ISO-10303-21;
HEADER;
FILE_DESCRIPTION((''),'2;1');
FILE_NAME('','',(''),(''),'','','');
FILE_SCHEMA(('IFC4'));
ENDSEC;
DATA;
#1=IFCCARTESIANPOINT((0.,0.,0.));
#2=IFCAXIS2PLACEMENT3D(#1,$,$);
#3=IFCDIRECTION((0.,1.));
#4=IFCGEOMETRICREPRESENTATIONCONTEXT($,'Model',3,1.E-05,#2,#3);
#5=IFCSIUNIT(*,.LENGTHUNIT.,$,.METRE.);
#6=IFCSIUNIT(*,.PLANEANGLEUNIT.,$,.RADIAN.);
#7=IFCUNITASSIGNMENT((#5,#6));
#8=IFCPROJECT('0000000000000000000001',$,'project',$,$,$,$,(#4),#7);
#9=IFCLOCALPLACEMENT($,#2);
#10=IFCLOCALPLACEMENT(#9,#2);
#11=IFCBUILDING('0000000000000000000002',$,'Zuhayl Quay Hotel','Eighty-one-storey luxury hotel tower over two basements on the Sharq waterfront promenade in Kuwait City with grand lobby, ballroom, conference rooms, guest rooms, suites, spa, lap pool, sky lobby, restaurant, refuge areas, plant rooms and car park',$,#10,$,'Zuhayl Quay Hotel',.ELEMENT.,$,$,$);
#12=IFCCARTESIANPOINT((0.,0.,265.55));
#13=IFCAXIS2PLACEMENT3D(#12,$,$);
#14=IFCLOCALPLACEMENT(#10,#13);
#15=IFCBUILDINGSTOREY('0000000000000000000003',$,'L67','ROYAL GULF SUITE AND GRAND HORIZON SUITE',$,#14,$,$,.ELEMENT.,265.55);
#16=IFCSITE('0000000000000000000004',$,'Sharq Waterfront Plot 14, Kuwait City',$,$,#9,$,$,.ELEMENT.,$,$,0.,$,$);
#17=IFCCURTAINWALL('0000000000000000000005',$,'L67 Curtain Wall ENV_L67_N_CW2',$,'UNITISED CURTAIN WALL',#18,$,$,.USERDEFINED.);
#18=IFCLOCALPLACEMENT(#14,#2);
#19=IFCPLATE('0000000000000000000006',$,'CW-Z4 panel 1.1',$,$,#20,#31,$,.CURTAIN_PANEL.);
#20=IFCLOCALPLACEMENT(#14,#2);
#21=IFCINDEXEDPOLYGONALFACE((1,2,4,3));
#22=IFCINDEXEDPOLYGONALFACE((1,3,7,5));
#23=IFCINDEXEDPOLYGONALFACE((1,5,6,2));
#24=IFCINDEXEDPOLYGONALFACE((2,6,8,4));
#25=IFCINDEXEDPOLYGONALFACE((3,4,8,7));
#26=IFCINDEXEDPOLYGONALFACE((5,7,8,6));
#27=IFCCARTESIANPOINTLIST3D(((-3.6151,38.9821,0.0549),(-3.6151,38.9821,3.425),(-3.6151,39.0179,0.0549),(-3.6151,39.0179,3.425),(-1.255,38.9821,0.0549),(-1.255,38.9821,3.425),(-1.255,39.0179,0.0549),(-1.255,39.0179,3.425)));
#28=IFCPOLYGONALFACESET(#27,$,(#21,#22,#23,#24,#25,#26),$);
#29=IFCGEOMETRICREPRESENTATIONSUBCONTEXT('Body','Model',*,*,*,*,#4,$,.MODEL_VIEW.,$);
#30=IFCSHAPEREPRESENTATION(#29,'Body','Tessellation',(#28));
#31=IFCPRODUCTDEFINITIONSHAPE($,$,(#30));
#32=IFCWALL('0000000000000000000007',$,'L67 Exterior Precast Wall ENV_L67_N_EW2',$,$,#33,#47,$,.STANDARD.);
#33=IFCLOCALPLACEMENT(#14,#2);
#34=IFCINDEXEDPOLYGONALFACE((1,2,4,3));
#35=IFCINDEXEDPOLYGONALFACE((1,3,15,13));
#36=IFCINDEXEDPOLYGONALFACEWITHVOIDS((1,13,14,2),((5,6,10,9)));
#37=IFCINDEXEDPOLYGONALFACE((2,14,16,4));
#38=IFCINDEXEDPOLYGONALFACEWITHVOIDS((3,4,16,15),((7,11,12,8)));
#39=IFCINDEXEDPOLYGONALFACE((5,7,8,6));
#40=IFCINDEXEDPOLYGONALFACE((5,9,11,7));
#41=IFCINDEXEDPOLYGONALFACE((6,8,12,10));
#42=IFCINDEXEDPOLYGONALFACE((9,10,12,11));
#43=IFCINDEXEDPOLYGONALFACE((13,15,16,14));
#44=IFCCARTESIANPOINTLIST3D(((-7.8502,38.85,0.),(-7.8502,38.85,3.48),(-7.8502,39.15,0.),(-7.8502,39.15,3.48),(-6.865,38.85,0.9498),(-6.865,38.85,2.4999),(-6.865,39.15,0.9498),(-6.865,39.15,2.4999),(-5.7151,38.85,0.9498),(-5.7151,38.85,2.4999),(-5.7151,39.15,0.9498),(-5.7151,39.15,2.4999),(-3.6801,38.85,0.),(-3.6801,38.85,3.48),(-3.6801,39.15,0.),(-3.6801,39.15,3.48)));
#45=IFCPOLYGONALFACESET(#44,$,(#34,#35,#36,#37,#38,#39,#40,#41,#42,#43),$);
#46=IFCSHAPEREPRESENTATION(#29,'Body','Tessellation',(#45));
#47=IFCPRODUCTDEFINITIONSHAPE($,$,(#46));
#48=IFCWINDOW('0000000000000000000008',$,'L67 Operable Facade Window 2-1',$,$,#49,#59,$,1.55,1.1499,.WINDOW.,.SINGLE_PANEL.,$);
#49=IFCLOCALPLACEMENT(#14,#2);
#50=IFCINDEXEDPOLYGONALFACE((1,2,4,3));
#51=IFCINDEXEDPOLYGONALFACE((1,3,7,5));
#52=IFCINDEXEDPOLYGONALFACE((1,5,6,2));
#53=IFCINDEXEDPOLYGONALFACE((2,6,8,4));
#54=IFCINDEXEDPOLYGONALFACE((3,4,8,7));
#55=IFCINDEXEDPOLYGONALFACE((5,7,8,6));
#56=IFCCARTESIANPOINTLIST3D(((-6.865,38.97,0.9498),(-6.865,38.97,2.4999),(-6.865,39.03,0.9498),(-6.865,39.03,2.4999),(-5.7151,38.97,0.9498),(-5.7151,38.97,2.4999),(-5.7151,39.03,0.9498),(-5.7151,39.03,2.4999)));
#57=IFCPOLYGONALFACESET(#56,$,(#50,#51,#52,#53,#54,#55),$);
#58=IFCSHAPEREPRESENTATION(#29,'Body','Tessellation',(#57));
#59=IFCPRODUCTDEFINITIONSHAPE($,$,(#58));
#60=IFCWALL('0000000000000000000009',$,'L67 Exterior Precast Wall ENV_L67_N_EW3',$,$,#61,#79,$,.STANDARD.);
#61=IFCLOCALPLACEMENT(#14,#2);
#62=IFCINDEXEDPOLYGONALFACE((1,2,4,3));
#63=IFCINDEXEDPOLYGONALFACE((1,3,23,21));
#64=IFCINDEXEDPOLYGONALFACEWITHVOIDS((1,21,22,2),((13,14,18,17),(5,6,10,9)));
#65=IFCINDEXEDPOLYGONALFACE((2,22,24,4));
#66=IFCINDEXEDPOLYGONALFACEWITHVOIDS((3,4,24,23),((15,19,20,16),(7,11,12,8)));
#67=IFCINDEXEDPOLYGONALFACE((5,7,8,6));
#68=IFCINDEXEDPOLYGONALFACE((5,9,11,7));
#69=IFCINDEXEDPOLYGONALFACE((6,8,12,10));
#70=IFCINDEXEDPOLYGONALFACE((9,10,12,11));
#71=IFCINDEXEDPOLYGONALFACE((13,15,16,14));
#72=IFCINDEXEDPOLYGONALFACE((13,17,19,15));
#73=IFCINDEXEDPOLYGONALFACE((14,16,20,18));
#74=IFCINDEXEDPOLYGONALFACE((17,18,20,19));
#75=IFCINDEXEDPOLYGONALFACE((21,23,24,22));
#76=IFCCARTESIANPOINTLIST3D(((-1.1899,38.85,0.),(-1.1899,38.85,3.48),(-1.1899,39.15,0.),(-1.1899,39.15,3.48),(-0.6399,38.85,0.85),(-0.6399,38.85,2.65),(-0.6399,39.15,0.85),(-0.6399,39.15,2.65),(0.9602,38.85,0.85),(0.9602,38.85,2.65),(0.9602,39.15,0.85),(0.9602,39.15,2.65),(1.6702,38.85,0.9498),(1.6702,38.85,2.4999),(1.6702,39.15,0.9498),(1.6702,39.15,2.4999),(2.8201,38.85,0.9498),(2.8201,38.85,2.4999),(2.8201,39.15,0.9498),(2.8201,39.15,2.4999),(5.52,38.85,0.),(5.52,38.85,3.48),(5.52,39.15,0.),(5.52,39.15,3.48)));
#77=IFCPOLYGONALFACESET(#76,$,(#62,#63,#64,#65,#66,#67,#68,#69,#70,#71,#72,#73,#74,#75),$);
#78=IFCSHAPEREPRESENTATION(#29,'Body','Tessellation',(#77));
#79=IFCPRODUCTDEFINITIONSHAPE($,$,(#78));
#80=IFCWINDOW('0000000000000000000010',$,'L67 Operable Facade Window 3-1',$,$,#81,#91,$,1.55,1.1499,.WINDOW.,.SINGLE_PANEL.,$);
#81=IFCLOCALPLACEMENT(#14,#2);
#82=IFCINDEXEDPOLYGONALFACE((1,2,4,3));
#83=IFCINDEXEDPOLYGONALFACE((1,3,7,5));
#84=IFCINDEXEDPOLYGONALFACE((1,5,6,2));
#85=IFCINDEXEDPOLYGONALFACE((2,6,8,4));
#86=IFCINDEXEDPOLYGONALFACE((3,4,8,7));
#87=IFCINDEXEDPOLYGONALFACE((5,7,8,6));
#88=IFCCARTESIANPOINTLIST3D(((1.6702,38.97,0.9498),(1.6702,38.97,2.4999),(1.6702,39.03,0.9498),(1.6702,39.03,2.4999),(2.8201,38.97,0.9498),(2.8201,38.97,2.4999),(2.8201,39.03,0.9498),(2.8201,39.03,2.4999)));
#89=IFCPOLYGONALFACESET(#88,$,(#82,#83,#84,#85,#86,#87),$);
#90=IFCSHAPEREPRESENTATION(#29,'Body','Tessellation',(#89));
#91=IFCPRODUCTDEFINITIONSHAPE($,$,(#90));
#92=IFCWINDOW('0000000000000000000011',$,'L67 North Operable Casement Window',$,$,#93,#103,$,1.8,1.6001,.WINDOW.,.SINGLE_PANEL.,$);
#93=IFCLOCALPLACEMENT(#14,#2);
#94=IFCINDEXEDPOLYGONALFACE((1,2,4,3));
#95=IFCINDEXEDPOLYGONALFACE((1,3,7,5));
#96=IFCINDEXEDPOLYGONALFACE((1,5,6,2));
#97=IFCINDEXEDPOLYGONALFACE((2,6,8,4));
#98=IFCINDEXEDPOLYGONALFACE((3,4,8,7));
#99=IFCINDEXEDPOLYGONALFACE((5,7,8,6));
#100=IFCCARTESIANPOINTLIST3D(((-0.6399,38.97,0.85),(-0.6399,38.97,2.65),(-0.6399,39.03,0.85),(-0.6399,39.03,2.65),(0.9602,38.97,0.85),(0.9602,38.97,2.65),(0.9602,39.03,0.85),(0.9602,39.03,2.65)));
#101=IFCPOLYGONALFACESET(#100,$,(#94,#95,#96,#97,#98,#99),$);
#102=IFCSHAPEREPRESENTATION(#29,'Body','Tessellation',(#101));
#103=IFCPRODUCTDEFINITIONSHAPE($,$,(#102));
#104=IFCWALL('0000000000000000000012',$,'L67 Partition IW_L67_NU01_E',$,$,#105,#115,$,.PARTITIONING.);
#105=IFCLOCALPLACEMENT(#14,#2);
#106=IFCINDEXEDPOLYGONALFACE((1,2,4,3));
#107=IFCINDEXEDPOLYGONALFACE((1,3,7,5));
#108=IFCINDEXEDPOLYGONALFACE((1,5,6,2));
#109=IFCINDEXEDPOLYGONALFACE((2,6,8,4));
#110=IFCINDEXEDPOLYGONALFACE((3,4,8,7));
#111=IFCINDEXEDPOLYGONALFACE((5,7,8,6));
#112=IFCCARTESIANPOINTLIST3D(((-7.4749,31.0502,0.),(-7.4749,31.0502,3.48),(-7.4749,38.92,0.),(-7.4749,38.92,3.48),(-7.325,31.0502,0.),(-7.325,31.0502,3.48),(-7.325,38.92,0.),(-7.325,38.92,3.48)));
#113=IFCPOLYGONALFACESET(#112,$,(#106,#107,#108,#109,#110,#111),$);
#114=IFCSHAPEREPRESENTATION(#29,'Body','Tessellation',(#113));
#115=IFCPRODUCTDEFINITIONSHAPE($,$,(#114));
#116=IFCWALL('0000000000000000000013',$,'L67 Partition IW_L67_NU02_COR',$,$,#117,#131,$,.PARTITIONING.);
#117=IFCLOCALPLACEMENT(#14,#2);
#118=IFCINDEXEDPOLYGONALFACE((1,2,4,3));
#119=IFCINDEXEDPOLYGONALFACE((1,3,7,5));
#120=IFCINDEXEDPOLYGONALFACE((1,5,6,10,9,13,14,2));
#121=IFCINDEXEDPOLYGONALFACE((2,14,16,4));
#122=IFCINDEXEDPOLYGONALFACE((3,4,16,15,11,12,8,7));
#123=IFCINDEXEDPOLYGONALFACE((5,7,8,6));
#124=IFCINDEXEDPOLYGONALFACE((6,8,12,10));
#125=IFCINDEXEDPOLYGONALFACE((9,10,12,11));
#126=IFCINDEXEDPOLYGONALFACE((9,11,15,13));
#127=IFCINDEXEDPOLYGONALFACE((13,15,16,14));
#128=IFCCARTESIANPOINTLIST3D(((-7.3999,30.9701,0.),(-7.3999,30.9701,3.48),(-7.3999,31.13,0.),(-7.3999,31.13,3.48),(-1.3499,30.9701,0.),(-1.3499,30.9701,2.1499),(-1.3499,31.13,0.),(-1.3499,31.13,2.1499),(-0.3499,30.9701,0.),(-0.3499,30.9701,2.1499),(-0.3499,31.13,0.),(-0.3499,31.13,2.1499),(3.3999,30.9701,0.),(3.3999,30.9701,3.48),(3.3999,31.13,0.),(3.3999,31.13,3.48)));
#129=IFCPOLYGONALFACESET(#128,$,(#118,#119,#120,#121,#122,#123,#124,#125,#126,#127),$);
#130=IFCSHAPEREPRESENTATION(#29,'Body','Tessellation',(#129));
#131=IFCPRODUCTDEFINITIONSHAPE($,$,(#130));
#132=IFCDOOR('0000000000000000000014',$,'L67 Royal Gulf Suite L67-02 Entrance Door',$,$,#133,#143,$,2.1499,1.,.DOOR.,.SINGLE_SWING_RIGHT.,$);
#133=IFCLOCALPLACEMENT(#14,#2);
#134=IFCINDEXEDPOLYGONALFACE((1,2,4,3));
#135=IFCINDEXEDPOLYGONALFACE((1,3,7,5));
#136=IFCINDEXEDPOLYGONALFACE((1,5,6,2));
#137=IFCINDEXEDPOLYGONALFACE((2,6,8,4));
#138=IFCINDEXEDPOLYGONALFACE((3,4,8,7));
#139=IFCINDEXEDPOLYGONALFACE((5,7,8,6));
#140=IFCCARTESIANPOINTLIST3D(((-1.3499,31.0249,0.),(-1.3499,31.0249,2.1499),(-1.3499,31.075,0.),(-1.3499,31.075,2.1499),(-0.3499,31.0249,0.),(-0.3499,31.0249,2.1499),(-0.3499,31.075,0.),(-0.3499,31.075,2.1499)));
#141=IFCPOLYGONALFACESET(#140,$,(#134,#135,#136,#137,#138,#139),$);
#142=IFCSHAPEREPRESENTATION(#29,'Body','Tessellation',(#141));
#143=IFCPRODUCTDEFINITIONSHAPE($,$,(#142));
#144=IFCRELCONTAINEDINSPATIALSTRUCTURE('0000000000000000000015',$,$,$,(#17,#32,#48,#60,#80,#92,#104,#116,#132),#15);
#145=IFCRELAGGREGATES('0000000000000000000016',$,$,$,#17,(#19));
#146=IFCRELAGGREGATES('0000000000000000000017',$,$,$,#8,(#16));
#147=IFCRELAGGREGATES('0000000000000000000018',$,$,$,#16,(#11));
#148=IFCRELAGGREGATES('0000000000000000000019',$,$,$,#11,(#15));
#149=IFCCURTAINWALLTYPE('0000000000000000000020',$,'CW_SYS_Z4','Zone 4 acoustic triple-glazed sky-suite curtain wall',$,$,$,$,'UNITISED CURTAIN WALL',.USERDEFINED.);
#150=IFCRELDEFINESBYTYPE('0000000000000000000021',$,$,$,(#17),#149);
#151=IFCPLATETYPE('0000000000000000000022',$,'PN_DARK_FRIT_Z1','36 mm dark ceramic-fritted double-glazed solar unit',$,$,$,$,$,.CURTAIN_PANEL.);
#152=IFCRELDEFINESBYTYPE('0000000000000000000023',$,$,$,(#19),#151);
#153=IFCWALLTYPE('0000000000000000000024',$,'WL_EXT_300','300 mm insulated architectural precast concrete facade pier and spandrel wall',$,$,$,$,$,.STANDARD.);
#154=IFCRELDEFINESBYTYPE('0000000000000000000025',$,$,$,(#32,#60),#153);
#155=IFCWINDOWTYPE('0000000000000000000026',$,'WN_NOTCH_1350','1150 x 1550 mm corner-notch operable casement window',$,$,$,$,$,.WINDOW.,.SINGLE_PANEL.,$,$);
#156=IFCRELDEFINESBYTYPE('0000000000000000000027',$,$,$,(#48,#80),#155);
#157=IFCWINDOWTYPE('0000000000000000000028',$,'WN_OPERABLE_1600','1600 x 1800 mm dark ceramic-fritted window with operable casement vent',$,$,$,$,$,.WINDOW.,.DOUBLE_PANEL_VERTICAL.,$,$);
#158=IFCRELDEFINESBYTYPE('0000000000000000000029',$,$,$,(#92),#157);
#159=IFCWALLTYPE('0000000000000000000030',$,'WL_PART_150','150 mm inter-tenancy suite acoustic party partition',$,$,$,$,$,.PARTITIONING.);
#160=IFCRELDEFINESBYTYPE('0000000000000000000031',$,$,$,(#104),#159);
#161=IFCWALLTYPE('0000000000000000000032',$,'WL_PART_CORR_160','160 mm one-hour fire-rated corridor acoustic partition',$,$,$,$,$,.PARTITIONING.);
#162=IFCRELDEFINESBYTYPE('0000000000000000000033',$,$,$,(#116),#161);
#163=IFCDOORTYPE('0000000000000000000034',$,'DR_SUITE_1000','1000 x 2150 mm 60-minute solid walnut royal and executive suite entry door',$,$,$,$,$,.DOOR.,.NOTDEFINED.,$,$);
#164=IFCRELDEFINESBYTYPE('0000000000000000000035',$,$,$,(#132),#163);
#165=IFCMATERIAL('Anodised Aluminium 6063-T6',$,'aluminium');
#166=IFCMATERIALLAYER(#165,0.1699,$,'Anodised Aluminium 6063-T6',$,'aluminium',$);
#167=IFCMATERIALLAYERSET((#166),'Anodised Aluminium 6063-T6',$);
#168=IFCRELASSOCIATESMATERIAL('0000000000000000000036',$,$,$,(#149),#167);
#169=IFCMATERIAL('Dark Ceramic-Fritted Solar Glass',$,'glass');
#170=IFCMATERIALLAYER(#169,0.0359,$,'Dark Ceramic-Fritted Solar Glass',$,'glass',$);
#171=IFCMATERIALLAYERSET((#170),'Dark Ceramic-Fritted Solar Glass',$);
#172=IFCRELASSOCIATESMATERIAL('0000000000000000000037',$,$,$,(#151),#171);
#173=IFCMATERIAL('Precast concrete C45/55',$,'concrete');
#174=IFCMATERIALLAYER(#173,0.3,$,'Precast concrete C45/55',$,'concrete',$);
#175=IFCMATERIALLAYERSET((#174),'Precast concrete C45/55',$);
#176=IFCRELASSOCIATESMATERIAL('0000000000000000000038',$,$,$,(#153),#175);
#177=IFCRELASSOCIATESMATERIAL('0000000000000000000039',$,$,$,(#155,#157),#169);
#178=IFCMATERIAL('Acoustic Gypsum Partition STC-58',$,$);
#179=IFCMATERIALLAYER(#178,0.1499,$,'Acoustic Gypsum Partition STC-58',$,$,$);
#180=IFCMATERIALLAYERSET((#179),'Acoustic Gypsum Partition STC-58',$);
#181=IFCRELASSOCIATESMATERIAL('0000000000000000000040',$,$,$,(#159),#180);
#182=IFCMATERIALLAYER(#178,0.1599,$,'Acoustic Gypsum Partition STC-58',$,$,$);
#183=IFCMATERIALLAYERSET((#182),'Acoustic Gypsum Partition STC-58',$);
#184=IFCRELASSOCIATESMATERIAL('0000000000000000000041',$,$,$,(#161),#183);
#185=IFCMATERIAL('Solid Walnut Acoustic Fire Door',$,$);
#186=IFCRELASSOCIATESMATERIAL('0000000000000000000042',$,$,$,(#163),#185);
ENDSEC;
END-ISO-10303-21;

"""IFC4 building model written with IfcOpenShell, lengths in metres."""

from ifc_helpers import new_model, si_unit, direction, frame, frame_2d, origin, origin_2d, place, context, subcontext, project, spatial, rectangle, extrude, material, layer, layer_set, type_object, element, fill, aggregate, save


model = new_model("IFC4")

# Units and contexts
model_context = context("Model", 3, precision=1e-05, world=origin(), true_north=direction((0.0, 1.0)))
body_context = subcontext(model_context, "Body", "Model", "MODEL_VIEW")
ifc_project = project(units=[si_unit("LENGTHUNIT", "METRE"), si_unit("PLANEANGLEUNIT", "RADIAN")], contexts=[model_context])

# Site, building, storey
site_placement = place(None, origin())
site = spatial("IfcSite", under=ifc_project, at=site_placement, Name="Sharq Waterfront Plot 14, Kuwait City", CompositionType="ELEMENT", RefElevation=0.0)
building_placement = place(site_placement, origin())
building = spatial("IfcBuilding", under=site, at=building_placement, Name="Zuhayl Quay Hotel", Description="Eighty-one-storey luxury hotel tower over two basements on the Sharq waterfront promenade in Kuwait City with grand lobby, ballroom, conference rooms, guest rooms, suites, spa, lap pool, sky lobby, restaurant, refuge areas, plant rooms and car park", LongName="Zuhayl Quay Hotel", CompositionType="ELEMENT")
storey_placement = place(building_placement, frame((0.0, 0.0, 265.55)))
storey = spatial("IfcBuildingStorey", under=building, at=storey_placement, Name="L67", Description="ROYAL GULF SUITE AND GRAND HORIZON SUITE", CompositionType="ELEMENT", Elevation=265.55)

# Shared definitions
ifc_material_1 = material(Name="Anodised Aluminium 6063-T6", Category="aluminium")
ifc_layer_1 = layer(ifc_material_1, 0.1699, Name="Anodised Aluminium 6063-T6", Category="aluminium")
ifc_layer_set_1 = layer_set([ifc_layer_1], Name="Anodised Aluminium 6063-T6")
curtain_wall_type = type_object("IfcCurtainWallType", Name="CW_SYS_Z4", Description="Zone 4 acoustic triple-glazed sky-suite curtain wall", ElementType="UNITISED CURTAIN WALL", PredefinedType="USERDEFINED", material=ifc_layer_set_1)

# Curtain wall, plate
curtain_wall_1_placement = place(storey_placement, origin())
curtain_wall_1 = element("IfcCurtainWall", 1, at=curtain_wall_1_placement, inside=storey, type_object=curtain_wall_type, Name="L67 Curtain Wall ENV_L67_N_CW2", ObjectType="UNITISED CURTAIN WALL", PredefinedType="USERDEFINED")
ifc_material_2 = material(Name="Dark Ceramic-Fritted Solar Glass", Category="glass")
ifc_layer_2 = layer(ifc_material_2, 0.0359, Name="Dark Ceramic-Fritted Solar Glass", Category="glass")
ifc_layer_set_2 = layer_set([ifc_layer_2], Name="Dark Ceramic-Fritted Solar Glass")
plate_type = type_object("IfcPlateType", Name="PN_DARK_FRIT_Z1", Description="36 mm dark ceramic-fritted double-glazed solar unit", PredefinedType="CURTAIN_PANEL", material=ifc_layer_set_2)
plate_placement = place(storey_placement, frame((-2.4351, 39.0, 0.0549), z_axis=(0.0, 0.0, 1.0), x_axis=(1.0, 0.0, 0.0)))
plate = element("IfcPlate", 2, at=plate_placement, type_object=plate_type, Name="CW-Z4 panel 1.1", PredefinedType="CURTAIN_PANEL", context=body_context, shape_type="SweptSolid", body=[
    extrude(rectangle(XDim=2.3601, YDim=0.0359, at=origin_2d()), origin(), (0.0, 0.0, 1.0), 3.3701),
])
aggregate(curtain_wall_1, [plate])

# Wall, opening, window
ifc_material_3 = material(Name="Precast concrete C45/55", Category="concrete")
ifc_layer_3 = layer(ifc_material_3, 0.3, Name="Precast concrete C45/55", Category="concrete")
ifc_layer_set_3 = layer_set([ifc_layer_3], Name="Precast concrete C45/55")
wall_type_1 = type_object("IfcWallType", Name="WL_EXT_300", Description="300 mm insulated architectural precast concrete facade pier and spandrel wall", PredefinedType="STANDARD", material=ifc_layer_set_3)
wall_1_placement = place(storey_placement, frame((-7.8501, 39.0, 0.0), z_axis=(0.0, 0.0, 1.0), x_axis=(1.0, 0.0, 0.0)))
wall_1 = element("IfcWall", 3, at=wall_1_placement, inside=storey, type_object=wall_type_1, Name="L67 Exterior Precast Wall ENV_L67_N_EW2", PredefinedType="STANDARD", context=body_context, shape_type="SweptSolid", body=[
    extrude(rectangle(XDim=4.1702, YDim=0.3, at=frame_2d((2.085, 0.0))), origin(), (0.0, 0.0, 1.0), 3.48),
])
opening_1_placement = place(wall_1_placement, frame((0.9851, 0.0, 0.95)))
opening_1 = element("IfcOpeningElement", 4, at=opening_1_placement, cuts=wall_1, PredefinedType="OPENING", context=body_context, shape_type="SweptSolid", body=[
    extrude(rectangle(XDim=1.1499, YDim=1.55, at=frame_2d((0.575, 0.7749))), frame((0.0, 0.1599, 0.0), z_axis=(0.0, -1.0, 0.0), x_axis=(1.0, 0.0, 0.0)), (0.0, 0.0, 1.0), 0.3201),
])
window_type_1 = type_object("IfcWindowType", Name="WN_NOTCH_1350", Description="1150 x 1550 mm corner-notch operable casement window", PartitioningType="SINGLE_PANEL", PredefinedType="WINDOW", material=ifc_material_2)
window_1_placement = place(opening_1_placement, origin())
window_1 = element("IfcWindow", 5, at=window_1_placement, inside=storey, type_object=window_type_1, Name="L67 Operable Facade Window 2-1", OverallHeight=1.55, OverallWidth=1.1499, PartitioningType="SINGLE_PANEL", PredefinedType="WINDOW", context=body_context, shape_type="SweptSolid", body=[
    extrude(rectangle(XDim=1.1499, YDim=1.55, at=frame_2d((0.575, 0.7749))), frame((0.0, 0.03, 0.0), z_axis=(0.0, -1.0, 0.0), x_axis=(1.0, 0.0, 0.0)), (0.0, 0.0, 1.0), 0.0601),
])
fill(opening_1, window_1)

# Wall, openings, windows
wall_2_placement = place(storey_placement, frame((-1.1899, 39.0, 0.0), z_axis=(0.0, 0.0, 1.0), x_axis=(1.0, 0.0, 0.0)))
wall_2 = element("IfcWall", 6, at=wall_2_placement, inside=storey, type_object=wall_type_1, Name="L67 Exterior Precast Wall ENV_L67_N_EW3", PredefinedType="STANDARD", context=body_context, shape_type="SweptSolid", body=[
    extrude(rectangle(XDim=6.71, YDim=0.3, at=frame_2d((3.355, 0.0))), origin(), (0.0, 0.0, 1.0), 3.48),
])
opening_2_placement = place(wall_2_placement, frame((0.55, 0.0, 0.8501)))
opening_2 = element("IfcOpeningElement", 7, at=opening_2_placement, cuts=wall_2, PredefinedType="OPENING", context=body_context, shape_type="SweptSolid", body=[
    extrude(rectangle(XDim=1.6001, YDim=1.8, at=frame_2d((0.8, 0.8999))), frame((0.0, 0.1599, 0.0), z_axis=(0.0, -1.0, 0.0), x_axis=(1.0, 0.0, 0.0)), (0.0, 0.0, 1.0), 0.3201),
])
opening_3_placement = place(wall_2_placement, frame((2.8601, 0.0, 0.95)))
opening_3 = element("IfcOpeningElement", 8, at=opening_3_placement, cuts=wall_2, PredefinedType="OPENING", context=body_context, shape_type="SweptSolid", body=[
    extrude(rectangle(XDim=1.1499, YDim=1.55, at=frame_2d((0.575, 0.7749))), frame((0.0, 0.1599, 0.0), z_axis=(0.0, -1.0, 0.0), x_axis=(1.0, 0.0, 0.0)), (0.0, 0.0, 1.0), 0.3201),
])
window_2_placement = place(opening_3_placement, origin())
window_2 = element("IfcWindow", 9, at=window_2_placement, inside=storey, type_object=window_type_1, Name="L67 Operable Facade Window 3-1", OverallHeight=1.55, OverallWidth=1.1499, PartitioningType="SINGLE_PANEL", PredefinedType="WINDOW", context=body_context, shape_type="SweptSolid", body=[
    extrude(rectangle(XDim=1.1499, YDim=1.55, at=frame_2d((0.575, 0.7749))), frame((0.0, 0.03, 0.0), z_axis=(0.0, -1.0, 0.0), x_axis=(1.0, 0.0, 0.0)), (0.0, 0.0, 1.0), 0.0601),
])
fill(opening_3, window_2)
window_type_2 = type_object("IfcWindowType", Name="WN_OPERABLE_1600", Description="1600 x 1800 mm dark ceramic-fritted window with operable casement vent", PartitioningType="DOUBLE_PANEL_VERTICAL", PredefinedType="WINDOW", material=ifc_material_2)
window_3_placement = place(opening_2_placement, origin())
window_3 = element("IfcWindow", 10, at=window_3_placement, inside=storey, type_object=window_type_2, Name="L67 North Operable Casement Window", OverallHeight=1.8, OverallWidth=1.6001, PartitioningType="SINGLE_PANEL", PredefinedType="WINDOW", context=body_context, shape_type="SweptSolid", body=[
    extrude(rectangle(XDim=1.6001, YDim=1.8, at=frame_2d((0.8, 0.8999))), frame((0.0, 0.03, 0.0), z_axis=(0.0, -1.0, 0.0), x_axis=(1.0, 0.0, 0.0)), (0.0, 0.0, 1.0), 0.0601),
])
fill(opening_2, window_3)

# Wall
ifc_material_4 = material(Name="Acoustic Gypsum Partition STC-58")
ifc_layer_4 = layer(ifc_material_4, 0.1499, Name="Acoustic Gypsum Partition STC-58")
ifc_layer_set_4 = layer_set([ifc_layer_4], Name="Acoustic Gypsum Partition STC-58")
wall_type_2 = type_object("IfcWallType", Name="WL_PART_150", Description="150 mm inter-tenancy suite acoustic party partition", PredefinedType="PARTITIONING", material=ifc_layer_set_4)
wall_3_placement = place(storey_placement, frame((-7.3999, 31.05, 0.0), z_axis=(0.0, 0.0, 1.0), x_axis=(0.0, 1.0, 0.0)))
element("IfcWall", 11, at=wall_3_placement, inside=storey, type_object=wall_type_2, Name="L67 Partition IW_L67_NU01_E", PredefinedType="PARTITIONING", context=body_context, shape_type="SweptSolid", body=[
    extrude(rectangle(XDim=7.8699, YDim=0.1499, at=frame_2d((3.9351, 0.0))), origin(), (0.0, 0.0, 1.0), 3.48),
])

# Wall, opening, door
ifc_layer_5 = layer(ifc_material_4, 0.1599, Name="Acoustic Gypsum Partition STC-58")
ifc_layer_set_5 = layer_set([ifc_layer_5], Name="Acoustic Gypsum Partition STC-58")
wall_type_3 = type_object("IfcWallType", Name="WL_PART_CORR_160", Description="160 mm one-hour fire-rated corridor acoustic partition", PredefinedType="PARTITIONING", material=ifc_layer_set_5)
wall_4_placement = place(storey_placement, frame((-7.3999, 31.05, 0.0), z_axis=(0.0, 0.0, 1.0), x_axis=(1.0, 0.0, 0.0)))
wall_4 = element("IfcWall", 12, at=wall_4_placement, inside=storey, type_object=wall_type_3, Name="L67 Partition IW_L67_NU02_COR", PredefinedType="PARTITIONING", context=body_context, shape_type="SweptSolid", body=[
    extrude(rectangle(XDim=10.7998, YDim=0.1599, at=frame_2d((5.3999, 0.0))), origin(), (0.0, 0.0, 1.0), 3.48),
])
opening_4_placement = place(wall_4_placement, frame((6.05, 0.0, 0.0)))
opening_4 = element("IfcOpeningElement", 13, at=opening_4_placement, cuts=wall_4, PredefinedType="OPENING", context=body_context, shape_type="SweptSolid", body=[
    extrude(rectangle(XDim=1.0, YDim=2.1499, at=frame_2d((0.5, 1.075))), frame((0.0, 0.0898, 0.0), z_axis=(0.0, -1.0, 0.0), x_axis=(1.0, 0.0, 0.0)), (0.0, 0.0, 1.0), 0.1799),
])
ifc_material_5 = material(Name="Solid Walnut Acoustic Fire Door")
door_type_1 = type_object("IfcDoorType", Name="DR_SUITE_1000", Description="1000 x 2150 mm 60-minute solid walnut royal and executive suite entry door", OperationType="NOTDEFINED", PredefinedType="DOOR", material=ifc_material_5)
door_1_placement = place(opening_4_placement, origin())
door_1 = element("IfcDoor", 14, at=door_1_placement, inside=storey, type_object=door_type_1, Name="L67 Royal Gulf Suite L67-02 Entrance Door", OperationType="SINGLE_SWING_RIGHT", OverallHeight=2.1499, OverallWidth=1.0, PredefinedType="DOOR", context=body_context, shape_type="SweptSolid", body=[
    extrude(rectangle(XDim=1.0, YDim=2.1499, at=frame_2d((0.5, 1.075))), frame((0.0, 0.0249, 0.0), z_axis=(0.0, -1.0, 0.0), x_axis=(1.0, 0.0, 0.0)), (0.0, 0.0, 1.0), 0.05),
])
fill(opening_4, door_1)

save(model, "model.ifc")
